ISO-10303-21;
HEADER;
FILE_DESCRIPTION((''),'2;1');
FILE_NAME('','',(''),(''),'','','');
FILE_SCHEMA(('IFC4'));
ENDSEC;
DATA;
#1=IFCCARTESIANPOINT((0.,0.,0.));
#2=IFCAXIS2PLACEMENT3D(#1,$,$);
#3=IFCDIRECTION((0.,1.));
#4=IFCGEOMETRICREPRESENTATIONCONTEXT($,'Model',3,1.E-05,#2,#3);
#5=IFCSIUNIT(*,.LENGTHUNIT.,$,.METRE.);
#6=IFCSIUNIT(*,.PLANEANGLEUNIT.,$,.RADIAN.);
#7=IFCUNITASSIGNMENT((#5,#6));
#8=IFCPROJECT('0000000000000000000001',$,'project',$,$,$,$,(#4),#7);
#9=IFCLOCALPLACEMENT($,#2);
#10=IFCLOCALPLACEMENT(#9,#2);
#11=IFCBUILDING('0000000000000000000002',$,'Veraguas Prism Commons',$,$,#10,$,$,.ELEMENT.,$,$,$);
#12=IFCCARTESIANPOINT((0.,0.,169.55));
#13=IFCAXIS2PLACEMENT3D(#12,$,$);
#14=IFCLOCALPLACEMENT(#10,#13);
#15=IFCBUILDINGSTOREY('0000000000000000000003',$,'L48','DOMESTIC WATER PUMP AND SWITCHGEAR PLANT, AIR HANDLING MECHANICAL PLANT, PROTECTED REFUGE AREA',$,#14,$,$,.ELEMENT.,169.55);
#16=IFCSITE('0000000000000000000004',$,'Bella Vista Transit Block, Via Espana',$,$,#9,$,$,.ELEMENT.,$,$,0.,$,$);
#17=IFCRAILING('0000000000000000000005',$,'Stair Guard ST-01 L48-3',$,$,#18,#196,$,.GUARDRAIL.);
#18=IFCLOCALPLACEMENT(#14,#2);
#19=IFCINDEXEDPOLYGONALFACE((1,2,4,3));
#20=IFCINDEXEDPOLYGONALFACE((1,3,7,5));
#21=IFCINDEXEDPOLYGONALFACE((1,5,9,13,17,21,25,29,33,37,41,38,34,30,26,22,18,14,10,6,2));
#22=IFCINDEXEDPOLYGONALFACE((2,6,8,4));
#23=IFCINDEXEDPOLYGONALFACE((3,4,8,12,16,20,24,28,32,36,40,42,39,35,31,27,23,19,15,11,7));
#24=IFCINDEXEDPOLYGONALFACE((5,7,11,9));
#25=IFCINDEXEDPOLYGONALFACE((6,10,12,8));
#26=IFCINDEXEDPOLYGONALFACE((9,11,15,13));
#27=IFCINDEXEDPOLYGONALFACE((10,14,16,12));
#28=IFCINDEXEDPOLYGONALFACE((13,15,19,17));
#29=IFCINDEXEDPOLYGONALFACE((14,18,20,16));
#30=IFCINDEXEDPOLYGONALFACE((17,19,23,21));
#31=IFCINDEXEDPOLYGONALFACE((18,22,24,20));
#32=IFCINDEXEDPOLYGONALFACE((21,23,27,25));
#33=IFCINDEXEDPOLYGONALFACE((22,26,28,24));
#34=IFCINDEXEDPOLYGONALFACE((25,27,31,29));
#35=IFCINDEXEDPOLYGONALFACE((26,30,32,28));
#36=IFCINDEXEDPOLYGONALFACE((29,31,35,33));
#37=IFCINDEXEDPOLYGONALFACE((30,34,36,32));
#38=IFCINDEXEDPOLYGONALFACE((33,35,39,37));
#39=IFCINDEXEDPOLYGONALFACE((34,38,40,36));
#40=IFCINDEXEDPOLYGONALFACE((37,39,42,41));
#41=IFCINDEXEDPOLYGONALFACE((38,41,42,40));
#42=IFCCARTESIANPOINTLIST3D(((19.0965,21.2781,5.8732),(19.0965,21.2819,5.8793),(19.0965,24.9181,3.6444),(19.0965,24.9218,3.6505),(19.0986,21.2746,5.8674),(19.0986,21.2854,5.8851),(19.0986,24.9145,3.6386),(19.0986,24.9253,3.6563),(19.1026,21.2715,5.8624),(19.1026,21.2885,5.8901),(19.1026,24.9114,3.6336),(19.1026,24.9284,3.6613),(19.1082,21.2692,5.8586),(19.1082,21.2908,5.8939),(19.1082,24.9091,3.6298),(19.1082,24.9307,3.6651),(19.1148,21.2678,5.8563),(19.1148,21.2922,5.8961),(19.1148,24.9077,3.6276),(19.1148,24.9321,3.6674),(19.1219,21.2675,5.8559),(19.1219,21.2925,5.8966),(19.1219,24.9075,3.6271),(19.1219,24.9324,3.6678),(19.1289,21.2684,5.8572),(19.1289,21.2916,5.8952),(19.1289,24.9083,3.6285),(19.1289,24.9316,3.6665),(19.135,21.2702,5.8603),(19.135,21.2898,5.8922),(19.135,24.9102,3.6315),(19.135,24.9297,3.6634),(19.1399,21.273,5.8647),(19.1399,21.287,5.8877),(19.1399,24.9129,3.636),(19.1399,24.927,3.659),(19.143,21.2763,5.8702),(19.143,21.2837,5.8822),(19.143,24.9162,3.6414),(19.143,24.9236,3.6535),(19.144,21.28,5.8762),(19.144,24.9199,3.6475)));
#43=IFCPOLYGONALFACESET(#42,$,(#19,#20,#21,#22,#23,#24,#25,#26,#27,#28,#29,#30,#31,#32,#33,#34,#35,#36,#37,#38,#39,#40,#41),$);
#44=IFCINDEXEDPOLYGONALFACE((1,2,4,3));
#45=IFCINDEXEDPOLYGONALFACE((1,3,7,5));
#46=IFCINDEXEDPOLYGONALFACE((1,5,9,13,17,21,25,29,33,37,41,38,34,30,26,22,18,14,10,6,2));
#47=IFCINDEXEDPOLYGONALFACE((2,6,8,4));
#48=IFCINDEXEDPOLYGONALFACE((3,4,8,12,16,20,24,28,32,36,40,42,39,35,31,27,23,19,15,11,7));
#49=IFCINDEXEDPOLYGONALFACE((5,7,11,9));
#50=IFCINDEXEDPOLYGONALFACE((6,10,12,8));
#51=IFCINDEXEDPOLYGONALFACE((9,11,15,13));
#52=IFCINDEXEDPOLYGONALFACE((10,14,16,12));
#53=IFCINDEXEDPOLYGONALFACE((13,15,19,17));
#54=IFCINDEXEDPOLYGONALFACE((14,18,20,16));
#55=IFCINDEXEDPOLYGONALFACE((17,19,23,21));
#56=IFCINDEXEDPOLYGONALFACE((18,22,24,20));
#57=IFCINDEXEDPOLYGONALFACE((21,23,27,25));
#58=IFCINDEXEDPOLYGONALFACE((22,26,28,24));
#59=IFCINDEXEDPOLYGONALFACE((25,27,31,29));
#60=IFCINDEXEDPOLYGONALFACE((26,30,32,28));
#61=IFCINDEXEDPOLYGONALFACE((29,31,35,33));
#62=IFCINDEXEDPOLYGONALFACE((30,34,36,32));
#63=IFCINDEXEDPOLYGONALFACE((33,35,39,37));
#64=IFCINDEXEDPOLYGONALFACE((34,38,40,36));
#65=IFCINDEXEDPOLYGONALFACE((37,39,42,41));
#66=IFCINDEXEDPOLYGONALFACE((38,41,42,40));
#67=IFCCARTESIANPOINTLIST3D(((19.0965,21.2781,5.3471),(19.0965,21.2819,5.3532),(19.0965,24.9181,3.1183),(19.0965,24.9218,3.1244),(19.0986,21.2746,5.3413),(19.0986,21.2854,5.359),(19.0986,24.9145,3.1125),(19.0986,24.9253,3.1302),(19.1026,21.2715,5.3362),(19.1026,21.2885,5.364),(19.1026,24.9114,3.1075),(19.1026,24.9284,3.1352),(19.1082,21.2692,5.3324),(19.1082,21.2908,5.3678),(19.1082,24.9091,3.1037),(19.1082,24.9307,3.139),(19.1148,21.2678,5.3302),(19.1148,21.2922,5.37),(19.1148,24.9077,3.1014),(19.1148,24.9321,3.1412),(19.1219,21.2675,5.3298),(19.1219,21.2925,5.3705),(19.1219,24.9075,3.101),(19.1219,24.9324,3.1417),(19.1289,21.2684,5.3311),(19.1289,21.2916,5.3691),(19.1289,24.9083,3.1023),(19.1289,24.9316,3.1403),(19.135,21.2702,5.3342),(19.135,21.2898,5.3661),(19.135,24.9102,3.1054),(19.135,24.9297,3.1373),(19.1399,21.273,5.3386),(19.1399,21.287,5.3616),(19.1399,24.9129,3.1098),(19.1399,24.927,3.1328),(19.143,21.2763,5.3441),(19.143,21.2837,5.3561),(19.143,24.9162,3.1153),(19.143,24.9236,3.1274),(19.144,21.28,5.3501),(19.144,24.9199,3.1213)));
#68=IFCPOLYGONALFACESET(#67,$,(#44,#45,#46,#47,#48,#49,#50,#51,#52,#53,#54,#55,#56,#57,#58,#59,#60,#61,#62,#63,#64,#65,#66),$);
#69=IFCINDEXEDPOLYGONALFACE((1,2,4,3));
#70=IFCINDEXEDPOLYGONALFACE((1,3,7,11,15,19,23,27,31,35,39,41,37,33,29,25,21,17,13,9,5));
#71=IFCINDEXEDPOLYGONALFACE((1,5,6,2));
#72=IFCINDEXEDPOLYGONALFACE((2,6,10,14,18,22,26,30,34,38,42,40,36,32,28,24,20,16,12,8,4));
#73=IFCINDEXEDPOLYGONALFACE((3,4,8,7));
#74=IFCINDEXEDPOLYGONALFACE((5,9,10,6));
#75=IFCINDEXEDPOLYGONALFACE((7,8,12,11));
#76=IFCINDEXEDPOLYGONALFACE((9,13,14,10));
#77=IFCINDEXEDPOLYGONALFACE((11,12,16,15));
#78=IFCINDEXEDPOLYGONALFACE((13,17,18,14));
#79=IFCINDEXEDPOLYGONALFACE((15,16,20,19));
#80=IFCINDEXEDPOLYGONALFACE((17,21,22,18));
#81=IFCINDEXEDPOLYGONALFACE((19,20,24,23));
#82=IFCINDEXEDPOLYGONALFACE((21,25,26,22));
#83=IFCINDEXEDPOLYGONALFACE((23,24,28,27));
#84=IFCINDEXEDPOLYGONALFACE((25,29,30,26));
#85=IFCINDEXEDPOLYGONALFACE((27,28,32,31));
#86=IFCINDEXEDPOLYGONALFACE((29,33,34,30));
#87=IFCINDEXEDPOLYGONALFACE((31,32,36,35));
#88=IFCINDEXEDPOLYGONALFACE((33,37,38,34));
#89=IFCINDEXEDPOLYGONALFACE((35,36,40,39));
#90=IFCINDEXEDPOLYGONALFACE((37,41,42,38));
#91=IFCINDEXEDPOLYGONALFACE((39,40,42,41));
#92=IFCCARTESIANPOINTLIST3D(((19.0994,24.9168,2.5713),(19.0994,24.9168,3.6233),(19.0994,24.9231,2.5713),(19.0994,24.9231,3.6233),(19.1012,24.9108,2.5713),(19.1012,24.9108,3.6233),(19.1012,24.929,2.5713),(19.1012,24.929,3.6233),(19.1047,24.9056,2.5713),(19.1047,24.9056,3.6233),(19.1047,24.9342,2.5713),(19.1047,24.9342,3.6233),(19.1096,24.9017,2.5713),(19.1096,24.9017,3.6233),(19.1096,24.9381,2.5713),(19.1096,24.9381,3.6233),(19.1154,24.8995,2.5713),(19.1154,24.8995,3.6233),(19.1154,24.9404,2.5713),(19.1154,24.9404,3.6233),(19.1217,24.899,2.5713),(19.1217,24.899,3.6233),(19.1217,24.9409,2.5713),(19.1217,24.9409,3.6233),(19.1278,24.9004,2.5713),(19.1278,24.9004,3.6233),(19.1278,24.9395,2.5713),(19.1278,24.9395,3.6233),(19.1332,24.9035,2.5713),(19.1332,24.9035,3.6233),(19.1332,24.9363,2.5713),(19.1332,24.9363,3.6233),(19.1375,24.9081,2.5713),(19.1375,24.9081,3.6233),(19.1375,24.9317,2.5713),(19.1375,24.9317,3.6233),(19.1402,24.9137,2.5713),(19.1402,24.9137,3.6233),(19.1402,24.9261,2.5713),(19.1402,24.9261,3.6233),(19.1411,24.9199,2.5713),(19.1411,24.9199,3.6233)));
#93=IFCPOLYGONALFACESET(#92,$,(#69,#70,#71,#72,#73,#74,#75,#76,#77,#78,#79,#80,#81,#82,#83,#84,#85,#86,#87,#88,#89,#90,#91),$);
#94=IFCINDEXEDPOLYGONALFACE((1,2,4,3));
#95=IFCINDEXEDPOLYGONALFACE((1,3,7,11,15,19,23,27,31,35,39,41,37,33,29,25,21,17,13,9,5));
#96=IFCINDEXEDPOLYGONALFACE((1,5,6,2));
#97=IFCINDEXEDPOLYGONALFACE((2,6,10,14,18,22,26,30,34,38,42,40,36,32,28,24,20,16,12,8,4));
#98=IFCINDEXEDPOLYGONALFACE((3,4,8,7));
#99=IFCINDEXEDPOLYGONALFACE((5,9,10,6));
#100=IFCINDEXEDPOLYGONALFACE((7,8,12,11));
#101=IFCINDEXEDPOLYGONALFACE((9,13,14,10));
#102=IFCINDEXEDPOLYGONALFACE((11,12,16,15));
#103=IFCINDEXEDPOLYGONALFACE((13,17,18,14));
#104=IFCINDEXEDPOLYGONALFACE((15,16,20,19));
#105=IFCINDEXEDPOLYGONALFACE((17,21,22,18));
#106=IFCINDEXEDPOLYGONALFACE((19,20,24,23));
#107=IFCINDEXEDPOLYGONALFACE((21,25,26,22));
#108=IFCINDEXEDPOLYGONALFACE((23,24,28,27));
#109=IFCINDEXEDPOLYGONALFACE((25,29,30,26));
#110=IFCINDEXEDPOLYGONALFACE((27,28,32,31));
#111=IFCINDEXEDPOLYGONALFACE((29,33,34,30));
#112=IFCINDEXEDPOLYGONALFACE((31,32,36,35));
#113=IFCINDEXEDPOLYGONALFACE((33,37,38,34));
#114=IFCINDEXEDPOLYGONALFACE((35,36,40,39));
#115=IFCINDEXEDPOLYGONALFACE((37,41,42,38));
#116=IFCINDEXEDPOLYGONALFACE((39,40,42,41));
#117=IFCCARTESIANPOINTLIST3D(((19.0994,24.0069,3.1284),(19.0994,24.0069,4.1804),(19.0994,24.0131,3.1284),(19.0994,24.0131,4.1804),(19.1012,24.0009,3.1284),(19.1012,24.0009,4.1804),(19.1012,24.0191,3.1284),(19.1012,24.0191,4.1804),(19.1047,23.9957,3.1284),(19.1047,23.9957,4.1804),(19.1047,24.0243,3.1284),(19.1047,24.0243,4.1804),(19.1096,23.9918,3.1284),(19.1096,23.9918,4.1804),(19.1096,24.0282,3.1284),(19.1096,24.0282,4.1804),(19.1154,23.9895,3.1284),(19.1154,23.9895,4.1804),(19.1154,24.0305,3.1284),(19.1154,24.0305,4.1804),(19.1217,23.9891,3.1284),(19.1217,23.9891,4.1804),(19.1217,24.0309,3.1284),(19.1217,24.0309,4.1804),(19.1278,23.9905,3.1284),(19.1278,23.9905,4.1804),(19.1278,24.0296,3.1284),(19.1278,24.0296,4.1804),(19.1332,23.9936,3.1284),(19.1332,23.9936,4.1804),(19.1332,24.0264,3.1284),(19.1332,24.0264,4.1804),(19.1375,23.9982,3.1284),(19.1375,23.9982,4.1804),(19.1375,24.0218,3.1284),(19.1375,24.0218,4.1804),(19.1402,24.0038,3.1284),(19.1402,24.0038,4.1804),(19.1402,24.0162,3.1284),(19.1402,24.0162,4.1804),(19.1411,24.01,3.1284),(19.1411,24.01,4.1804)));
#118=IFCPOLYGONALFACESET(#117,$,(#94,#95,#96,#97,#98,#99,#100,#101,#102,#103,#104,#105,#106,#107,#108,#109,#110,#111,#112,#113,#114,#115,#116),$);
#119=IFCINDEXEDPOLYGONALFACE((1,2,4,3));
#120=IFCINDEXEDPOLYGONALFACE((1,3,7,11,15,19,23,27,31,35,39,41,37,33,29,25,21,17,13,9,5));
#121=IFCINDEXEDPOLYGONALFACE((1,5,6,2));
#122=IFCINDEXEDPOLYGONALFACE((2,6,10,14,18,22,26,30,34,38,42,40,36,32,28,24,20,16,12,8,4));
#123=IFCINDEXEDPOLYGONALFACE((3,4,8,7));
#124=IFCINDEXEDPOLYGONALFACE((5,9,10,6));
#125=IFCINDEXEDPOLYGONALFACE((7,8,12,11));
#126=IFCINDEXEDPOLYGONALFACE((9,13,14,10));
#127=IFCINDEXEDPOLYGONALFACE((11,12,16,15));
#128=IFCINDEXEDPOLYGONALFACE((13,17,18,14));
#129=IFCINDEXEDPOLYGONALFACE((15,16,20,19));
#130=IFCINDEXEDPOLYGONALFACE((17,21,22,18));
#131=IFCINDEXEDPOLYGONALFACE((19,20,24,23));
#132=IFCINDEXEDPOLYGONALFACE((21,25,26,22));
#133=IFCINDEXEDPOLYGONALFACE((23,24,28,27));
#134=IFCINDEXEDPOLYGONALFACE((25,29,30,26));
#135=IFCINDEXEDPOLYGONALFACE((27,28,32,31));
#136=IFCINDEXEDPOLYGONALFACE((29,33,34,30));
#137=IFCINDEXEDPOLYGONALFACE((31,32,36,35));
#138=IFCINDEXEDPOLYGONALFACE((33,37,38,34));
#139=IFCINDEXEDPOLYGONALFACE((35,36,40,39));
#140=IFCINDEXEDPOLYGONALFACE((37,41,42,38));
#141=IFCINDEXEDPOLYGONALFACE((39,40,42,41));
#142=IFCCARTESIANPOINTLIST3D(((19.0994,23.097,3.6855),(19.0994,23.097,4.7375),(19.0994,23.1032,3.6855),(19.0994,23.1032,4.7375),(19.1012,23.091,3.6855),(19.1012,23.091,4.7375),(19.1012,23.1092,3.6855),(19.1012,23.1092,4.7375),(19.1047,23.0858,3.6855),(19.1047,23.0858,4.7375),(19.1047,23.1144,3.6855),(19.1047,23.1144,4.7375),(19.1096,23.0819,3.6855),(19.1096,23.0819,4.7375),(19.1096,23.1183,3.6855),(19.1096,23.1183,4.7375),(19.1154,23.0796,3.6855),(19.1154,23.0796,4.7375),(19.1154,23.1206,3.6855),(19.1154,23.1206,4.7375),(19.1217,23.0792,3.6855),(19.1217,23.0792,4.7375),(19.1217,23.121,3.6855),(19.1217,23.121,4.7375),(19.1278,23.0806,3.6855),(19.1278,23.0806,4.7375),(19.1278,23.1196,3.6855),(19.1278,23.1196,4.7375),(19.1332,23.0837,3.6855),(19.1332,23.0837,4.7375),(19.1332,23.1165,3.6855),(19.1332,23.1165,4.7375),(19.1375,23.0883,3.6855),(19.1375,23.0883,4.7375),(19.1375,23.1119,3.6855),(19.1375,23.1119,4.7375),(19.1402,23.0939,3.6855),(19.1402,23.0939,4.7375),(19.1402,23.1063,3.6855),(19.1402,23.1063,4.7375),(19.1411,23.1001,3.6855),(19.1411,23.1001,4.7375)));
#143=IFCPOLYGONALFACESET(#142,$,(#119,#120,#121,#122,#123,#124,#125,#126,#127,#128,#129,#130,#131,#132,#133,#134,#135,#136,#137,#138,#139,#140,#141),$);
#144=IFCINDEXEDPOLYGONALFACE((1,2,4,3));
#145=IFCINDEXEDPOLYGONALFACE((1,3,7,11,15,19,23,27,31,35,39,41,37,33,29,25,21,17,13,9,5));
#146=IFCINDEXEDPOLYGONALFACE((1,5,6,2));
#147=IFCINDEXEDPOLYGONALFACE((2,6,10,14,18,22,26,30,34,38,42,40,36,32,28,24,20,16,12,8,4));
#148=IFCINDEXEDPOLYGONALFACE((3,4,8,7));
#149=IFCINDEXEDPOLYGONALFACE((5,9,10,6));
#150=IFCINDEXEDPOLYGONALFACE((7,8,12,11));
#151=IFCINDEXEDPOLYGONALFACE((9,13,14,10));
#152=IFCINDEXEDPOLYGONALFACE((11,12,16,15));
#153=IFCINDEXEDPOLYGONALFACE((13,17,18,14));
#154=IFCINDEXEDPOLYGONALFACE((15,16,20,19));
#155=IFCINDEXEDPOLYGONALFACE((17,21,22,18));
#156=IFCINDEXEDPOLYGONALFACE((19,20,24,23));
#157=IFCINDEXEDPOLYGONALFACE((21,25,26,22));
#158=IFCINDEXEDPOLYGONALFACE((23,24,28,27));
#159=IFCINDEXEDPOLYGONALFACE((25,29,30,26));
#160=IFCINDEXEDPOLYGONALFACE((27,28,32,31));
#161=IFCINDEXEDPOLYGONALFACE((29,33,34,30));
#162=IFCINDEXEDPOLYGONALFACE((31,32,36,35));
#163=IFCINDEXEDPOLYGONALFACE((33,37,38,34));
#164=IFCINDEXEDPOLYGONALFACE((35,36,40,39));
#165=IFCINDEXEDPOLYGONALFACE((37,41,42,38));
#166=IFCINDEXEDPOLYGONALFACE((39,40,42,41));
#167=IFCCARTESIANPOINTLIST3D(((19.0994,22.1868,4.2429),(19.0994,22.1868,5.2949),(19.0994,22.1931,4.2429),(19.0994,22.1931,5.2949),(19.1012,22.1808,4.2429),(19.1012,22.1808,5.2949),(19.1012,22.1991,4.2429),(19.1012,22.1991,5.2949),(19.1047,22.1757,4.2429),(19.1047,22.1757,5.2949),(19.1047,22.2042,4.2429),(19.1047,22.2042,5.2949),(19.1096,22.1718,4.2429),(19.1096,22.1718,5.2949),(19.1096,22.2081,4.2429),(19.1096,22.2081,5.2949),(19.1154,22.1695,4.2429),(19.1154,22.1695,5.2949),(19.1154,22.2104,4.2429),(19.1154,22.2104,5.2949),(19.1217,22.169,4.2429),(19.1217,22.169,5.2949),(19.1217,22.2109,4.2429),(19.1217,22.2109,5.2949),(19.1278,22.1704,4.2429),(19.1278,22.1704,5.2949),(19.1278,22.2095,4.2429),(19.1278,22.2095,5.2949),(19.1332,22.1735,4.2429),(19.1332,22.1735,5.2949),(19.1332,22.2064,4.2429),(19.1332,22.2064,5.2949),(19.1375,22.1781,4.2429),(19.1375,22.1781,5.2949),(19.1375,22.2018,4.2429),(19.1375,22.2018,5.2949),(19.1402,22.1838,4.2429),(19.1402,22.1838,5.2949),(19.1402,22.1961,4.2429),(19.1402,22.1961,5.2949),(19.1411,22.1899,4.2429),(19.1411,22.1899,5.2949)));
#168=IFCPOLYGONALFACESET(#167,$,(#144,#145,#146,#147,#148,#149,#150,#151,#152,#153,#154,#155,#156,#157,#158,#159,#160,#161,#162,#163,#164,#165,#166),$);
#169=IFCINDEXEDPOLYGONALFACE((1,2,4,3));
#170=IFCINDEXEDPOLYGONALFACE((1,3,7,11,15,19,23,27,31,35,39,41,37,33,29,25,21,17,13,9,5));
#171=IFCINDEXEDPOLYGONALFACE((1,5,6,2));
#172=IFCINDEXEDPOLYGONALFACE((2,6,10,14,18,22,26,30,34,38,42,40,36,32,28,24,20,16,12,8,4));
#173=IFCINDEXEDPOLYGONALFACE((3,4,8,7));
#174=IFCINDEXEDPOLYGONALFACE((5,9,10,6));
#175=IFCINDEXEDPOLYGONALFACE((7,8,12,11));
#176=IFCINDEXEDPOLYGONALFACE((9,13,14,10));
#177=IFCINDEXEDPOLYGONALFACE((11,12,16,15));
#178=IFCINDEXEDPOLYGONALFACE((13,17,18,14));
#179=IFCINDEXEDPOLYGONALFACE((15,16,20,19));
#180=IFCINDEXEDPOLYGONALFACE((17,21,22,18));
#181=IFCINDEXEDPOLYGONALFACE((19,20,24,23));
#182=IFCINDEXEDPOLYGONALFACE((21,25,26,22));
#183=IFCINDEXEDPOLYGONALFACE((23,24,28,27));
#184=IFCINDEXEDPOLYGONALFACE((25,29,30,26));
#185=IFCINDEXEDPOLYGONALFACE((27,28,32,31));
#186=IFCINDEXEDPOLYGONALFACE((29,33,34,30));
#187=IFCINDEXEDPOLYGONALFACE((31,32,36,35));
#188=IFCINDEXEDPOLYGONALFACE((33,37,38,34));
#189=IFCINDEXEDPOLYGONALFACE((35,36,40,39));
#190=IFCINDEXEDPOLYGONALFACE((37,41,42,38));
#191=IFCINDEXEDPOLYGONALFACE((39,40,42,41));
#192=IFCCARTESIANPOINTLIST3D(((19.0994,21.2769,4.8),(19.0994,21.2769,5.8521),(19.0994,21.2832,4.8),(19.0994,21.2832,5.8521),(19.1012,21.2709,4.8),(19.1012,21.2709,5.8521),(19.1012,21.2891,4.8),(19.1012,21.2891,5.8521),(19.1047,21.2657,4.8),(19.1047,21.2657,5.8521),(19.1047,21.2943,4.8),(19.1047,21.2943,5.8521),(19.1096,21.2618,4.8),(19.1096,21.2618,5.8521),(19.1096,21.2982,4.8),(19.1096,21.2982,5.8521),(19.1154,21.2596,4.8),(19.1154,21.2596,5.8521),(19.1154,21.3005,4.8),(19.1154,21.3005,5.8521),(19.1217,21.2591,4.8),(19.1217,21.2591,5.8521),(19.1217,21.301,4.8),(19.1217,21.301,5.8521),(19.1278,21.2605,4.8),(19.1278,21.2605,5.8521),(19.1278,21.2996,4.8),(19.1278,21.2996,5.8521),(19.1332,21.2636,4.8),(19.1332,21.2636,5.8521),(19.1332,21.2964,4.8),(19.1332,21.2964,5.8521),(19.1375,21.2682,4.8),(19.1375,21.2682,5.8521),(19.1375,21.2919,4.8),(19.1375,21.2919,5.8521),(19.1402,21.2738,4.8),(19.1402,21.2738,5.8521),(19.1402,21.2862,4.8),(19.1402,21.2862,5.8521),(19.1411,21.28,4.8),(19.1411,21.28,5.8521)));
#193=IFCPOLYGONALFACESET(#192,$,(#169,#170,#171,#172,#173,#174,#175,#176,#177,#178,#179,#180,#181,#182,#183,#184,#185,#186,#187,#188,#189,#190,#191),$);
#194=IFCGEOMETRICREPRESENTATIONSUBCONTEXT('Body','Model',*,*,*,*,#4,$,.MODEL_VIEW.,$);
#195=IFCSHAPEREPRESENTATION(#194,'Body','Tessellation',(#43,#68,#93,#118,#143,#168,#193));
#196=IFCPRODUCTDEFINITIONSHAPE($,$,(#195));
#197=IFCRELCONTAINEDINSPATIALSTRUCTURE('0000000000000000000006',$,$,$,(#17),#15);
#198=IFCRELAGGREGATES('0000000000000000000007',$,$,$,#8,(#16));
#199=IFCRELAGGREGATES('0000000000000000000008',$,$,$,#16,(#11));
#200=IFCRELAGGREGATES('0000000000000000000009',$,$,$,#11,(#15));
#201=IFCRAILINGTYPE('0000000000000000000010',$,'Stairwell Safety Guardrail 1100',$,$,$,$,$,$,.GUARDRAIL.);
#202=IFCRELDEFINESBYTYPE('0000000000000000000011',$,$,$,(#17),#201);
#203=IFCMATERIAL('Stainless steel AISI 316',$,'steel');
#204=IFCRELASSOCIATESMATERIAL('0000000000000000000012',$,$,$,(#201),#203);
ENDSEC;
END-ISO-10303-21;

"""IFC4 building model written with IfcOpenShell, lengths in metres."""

from ifc_helpers import new_model, si_unit, direction, frame, origin, origin_2d, place, context, subcontext, project, spatial, circle, extrude, material, type_object, element, save


model = new_model("IFC4")

# Units and contexts
model_context = context("Model", 3, precision=1e-05, world=origin(), true_north=direction((0.0, 1.0)))
body_context = subcontext(model_context, "Body", "Model", "MODEL_VIEW")
ifc_project = project(units=[si_unit("LENGTHUNIT", "METRE"), si_unit("PLANEANGLEUNIT", "RADIAN")], contexts=[model_context])

# Site, building, storey
site_placement = place(None, origin())
site = spatial("IfcSite", under=ifc_project, at=site_placement, Name="Bella Vista Transit Block, Via Espana", CompositionType="ELEMENT", RefElevation=0.0)
building_placement = place(site_placement, origin())
building = spatial("IfcBuilding", under=site, at=building_placement, Name="Veraguas Prism Commons", CompositionType="ELEMENT")
storey_placement = place(building_placement, frame((0.0, 0.0, 169.55)))
storey = spatial("IfcBuildingStorey", under=building, at=storey_placement, Name="L48", Description="DOMESTIC WATER PUMP AND SWITCHGEAR PLANT, AIR HANDLING MECHANICAL PLANT, PROTECTED REFUGE AREA", CompositionType="ELEMENT", Elevation=169.55)

# Railing
ifc_material_1 = material(Name="Stainless steel AISI 316", Category="steel")
railing_type_1 = type_object("IfcRailingType", Name="Stairwell Safety Guardrail 1100", PredefinedType="GUARDRAIL", material=ifc_material_1)
railing_1_placement = place(storey_placement, frame((19.1201, 24.9199, 2.5713)))
element("IfcRailing", 1, at=railing_1_placement, inside=storey, type_object=railing_type_1, Name="Stair Guard ST-01 L48-3", PredefinedType="GUARDRAIL", context=body_context, shape_type="SweptSolid", body=[
    extrude(circle(Radius=0.0239, at=origin_2d()), frame((0.0, 0.0, 1.0762), z_axis=(0.0, -0.852825, 0.522197), x_axis=(1.0, 0.0, 0.0)), (0.0, 0.0, 1.0), 4.2681),
    extrude(circle(Radius=0.0239, at=origin_2d()), frame((0.0, 0.0, 0.55), z_axis=(0.0, -0.852825, 0.522197), x_axis=(1.0, 0.0, 0.0)), (0.0, 0.0, 1.0), 4.2681),
    extrude(circle(Radius=0.021, at=origin_2d()), origin(), (0.0, 0.0, 1.0), 1.052),
    extrude(circle(Radius=0.021, at=origin_2d()), frame((0.0, -0.9099, 0.5571)), (0.0, 0.0, 1.0), 1.052),
    extrude(circle(Radius=0.021, at=origin_2d()), frame((0.0, -1.8198, 1.1143)), (0.0, 0.0, 1.0), 1.052),
    extrude(circle(Radius=0.021, at=origin_2d()), frame((0.0, -2.73, 1.6716)), (0.0, 0.0, 1.0), 1.052),
    extrude(circle(Radius=0.021, at=origin_2d()), frame((0.0, -3.6399, 2.2288)), (0.0, 0.0, 1.0), 1.052),
])

save(model, "model.ifc")
